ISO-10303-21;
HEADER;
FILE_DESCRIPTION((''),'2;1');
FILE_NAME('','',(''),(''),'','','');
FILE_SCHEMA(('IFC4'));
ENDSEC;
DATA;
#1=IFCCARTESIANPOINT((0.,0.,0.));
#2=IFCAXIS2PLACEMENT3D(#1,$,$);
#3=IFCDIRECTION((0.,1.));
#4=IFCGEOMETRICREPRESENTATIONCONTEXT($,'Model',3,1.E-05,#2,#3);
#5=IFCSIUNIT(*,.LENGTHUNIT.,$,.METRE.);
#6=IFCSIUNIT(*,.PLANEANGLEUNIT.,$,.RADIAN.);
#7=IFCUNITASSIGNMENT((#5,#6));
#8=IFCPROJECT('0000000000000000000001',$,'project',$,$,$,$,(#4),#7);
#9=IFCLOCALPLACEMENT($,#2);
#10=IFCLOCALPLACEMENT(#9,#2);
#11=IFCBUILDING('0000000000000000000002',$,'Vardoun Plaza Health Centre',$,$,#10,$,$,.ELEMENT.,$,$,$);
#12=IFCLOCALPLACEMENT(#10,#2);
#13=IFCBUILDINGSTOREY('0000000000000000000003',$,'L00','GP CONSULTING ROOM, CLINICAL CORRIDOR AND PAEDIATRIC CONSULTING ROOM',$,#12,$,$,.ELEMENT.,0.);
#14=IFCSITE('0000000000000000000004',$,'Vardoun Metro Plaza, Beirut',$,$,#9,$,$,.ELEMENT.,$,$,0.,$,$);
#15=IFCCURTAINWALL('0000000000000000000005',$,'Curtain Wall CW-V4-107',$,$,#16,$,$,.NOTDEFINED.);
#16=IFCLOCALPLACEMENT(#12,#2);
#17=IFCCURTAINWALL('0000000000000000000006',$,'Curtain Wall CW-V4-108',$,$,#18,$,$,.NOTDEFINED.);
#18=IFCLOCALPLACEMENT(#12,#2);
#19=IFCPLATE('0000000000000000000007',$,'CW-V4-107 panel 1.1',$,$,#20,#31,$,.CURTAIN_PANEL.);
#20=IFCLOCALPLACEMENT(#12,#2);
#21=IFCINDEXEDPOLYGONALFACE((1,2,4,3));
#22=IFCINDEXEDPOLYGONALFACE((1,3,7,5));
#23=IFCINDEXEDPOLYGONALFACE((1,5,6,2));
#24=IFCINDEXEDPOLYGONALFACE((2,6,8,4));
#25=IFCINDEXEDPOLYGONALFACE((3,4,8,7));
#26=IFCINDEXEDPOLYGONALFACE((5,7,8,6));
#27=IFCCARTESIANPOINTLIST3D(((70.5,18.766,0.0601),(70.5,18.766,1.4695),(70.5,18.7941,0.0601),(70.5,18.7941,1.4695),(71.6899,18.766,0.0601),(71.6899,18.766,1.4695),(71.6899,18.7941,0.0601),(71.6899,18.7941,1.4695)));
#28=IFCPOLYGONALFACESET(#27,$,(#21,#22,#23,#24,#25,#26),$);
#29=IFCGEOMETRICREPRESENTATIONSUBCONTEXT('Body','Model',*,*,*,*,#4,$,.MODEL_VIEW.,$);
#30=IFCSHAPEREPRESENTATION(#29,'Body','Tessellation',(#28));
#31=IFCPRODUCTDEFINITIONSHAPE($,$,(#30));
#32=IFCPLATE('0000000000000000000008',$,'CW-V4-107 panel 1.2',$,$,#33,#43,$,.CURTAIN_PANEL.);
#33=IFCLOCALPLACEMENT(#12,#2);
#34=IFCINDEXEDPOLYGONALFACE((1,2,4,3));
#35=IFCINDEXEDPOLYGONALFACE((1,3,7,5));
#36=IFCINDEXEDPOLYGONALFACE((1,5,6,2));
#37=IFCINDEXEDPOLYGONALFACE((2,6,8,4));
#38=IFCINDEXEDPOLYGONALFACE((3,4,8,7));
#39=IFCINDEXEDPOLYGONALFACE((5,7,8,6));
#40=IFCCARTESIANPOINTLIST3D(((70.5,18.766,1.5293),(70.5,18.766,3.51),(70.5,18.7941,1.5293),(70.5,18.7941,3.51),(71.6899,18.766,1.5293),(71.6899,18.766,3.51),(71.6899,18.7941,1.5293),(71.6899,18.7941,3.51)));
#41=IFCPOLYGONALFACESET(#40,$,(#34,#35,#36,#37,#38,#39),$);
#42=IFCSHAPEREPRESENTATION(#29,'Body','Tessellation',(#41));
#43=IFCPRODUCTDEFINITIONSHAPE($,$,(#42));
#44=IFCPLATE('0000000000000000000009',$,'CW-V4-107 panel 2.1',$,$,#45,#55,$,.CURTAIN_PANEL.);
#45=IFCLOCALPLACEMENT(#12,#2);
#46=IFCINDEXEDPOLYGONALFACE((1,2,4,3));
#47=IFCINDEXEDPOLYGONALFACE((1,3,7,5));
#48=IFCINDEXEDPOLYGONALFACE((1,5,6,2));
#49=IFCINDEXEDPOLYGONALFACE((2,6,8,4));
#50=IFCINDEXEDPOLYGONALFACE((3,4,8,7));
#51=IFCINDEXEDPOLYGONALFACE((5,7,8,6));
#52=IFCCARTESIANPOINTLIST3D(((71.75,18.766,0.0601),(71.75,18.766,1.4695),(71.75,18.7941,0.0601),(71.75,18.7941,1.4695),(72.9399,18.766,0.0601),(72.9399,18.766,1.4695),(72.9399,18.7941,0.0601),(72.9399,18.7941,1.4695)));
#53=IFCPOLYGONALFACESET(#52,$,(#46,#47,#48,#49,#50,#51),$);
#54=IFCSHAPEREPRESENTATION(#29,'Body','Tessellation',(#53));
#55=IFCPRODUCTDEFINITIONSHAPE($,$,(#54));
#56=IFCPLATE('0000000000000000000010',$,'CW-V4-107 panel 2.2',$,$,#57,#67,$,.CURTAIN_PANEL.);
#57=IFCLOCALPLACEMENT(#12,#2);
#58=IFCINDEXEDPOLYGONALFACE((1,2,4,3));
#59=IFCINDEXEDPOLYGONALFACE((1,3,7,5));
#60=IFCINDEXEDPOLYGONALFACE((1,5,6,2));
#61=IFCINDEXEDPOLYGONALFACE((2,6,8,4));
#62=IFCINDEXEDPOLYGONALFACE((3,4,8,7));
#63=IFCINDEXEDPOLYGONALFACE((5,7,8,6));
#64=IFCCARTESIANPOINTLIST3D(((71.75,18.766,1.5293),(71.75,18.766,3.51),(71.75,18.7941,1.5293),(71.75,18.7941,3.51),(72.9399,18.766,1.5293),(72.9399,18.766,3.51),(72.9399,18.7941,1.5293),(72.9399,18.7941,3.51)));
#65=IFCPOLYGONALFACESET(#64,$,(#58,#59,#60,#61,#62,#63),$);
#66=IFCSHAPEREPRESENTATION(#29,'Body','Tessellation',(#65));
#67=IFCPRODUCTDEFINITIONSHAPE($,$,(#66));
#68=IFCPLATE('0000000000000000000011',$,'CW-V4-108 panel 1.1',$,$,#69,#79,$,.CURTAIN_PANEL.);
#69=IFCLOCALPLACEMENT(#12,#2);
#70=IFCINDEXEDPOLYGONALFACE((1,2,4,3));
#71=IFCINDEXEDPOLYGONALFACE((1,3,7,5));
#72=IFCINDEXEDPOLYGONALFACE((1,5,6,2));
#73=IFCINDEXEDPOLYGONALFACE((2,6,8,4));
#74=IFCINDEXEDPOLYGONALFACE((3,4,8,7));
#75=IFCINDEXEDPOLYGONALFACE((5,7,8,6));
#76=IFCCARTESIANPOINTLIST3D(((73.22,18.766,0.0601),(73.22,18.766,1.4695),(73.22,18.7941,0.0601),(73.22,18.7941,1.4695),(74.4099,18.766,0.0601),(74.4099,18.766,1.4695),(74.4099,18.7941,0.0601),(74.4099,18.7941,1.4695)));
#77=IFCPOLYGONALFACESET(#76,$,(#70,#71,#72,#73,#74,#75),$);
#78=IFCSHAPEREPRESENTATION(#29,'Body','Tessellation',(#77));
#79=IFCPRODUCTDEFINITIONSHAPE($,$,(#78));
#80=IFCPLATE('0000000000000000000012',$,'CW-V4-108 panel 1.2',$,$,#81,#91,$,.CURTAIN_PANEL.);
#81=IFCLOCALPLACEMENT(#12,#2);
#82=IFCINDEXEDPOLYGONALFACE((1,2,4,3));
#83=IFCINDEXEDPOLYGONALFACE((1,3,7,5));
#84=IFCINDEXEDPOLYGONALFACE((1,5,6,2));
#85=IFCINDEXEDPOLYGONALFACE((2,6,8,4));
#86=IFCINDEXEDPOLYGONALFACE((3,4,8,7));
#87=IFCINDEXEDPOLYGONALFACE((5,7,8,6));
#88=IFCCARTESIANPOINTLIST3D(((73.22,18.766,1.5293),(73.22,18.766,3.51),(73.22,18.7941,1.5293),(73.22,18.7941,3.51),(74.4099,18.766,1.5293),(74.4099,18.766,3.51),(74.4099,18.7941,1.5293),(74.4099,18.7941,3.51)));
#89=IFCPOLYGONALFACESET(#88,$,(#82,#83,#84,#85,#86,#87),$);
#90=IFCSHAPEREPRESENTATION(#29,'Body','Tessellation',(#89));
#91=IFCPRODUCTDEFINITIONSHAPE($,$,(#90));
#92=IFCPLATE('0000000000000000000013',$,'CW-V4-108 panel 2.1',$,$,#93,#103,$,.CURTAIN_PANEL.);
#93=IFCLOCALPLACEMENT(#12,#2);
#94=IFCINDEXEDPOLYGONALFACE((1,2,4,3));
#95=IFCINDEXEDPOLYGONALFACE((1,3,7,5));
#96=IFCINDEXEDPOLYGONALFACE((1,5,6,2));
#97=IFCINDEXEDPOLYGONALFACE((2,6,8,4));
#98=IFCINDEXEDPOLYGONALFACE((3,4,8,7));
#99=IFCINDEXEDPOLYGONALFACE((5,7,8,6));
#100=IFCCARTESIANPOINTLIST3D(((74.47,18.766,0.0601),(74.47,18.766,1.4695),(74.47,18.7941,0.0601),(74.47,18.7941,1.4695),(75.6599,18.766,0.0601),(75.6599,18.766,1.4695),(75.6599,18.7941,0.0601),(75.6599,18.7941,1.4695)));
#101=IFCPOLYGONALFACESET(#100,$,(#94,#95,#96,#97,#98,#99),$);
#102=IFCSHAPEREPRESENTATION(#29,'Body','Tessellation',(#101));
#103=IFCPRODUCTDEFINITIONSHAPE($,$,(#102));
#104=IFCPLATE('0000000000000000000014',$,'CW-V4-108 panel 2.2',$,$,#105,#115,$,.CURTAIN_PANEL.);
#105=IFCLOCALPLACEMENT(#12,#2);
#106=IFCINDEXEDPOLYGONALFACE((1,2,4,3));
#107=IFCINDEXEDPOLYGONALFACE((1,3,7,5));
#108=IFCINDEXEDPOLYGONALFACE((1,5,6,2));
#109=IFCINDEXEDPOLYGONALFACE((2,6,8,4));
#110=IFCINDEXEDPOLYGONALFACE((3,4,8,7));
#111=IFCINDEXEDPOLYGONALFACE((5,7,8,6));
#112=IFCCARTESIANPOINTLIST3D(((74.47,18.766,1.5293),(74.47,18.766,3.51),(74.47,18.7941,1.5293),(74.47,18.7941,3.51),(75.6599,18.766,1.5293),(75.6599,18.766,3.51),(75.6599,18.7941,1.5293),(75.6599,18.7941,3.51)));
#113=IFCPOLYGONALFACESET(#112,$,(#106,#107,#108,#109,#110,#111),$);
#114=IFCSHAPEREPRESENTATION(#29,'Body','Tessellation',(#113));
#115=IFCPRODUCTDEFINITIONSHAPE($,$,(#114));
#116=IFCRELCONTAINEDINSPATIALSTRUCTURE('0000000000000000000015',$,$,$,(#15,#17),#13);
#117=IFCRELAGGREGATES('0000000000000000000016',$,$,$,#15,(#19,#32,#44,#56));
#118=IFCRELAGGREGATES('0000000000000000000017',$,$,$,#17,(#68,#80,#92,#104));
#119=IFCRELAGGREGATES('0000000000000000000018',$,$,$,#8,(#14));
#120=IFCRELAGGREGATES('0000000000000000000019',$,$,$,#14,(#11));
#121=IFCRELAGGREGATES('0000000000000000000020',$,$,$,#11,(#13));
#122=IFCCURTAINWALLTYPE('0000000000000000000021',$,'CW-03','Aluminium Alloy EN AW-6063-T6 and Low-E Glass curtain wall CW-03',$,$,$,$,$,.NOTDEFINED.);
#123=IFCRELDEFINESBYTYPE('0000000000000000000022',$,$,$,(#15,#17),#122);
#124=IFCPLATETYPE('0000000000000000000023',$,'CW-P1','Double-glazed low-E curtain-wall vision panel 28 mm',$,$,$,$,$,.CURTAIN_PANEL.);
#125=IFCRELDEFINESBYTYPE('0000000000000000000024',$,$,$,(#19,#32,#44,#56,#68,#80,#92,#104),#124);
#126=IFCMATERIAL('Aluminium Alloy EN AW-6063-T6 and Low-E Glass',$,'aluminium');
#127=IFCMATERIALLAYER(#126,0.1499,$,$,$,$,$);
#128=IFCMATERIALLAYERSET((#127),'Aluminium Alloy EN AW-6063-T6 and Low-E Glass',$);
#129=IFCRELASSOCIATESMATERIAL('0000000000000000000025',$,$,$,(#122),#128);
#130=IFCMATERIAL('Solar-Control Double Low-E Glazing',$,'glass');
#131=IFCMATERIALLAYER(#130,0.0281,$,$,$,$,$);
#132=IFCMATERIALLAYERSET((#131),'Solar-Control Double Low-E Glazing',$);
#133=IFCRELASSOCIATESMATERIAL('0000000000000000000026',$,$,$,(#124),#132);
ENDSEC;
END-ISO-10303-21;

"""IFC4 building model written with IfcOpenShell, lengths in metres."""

from ifc_helpers import new_model, si_unit, direction, frame, origin, origin_2d, place, context, subcontext, project, spatial, rectangle, extrude, material, layer, layer_set, type_object, element, aggregate, save


model = new_model("IFC4")

# Units and contexts
model_context = context("Model", 3, precision=1e-05, world=origin(), true_north=direction((0.0, 1.0)))
body_context = subcontext(model_context, "Body", "Model", "MODEL_VIEW")
ifc_project = project(units=[si_unit("LENGTHUNIT", "METRE"), si_unit("PLANEANGLEUNIT", "RADIAN")], contexts=[model_context])

# Site, building, storey
site_placement = place(None, origin())
site = spatial("IfcSite", under=ifc_project, at=site_placement, Name="Vardoun Metro Plaza, Beirut", CompositionType="ELEMENT", RefElevation=0.0)
building_placement = place(site_placement, origin())
building = spatial("IfcBuilding", under=site, at=building_placement, Name="Vardoun Plaza Health Centre", CompositionType="ELEMENT")
storey_placement = place(building_placement, origin())
storey = spatial("IfcBuildingStorey", under=building, at=storey_placement, Name="L00", Description="GP CONSULTING ROOM, CLINICAL CORRIDOR AND PAEDIATRIC CONSULTING ROOM", CompositionType="ELEMENT", Elevation=0.0)

# Curtain walls
ifc_material_1 = material(Name="Aluminium Alloy EN AW-6063-T6 and Low-E Glass", Category="aluminium")
ifc_layer_1 = layer(ifc_material_1, 0.1499)
ifc_layer_set_1 = layer_set([ifc_layer_1], Name="Aluminium Alloy EN AW-6063-T6 and Low-E Glass")
curtain_wall_type = type_object("IfcCurtainWallType", Name="CW-03", Description="Aluminium Alloy EN AW-6063-T6 and Low-E Glass curtain wall CW-03", PredefinedType="NOTDEFINED", material=ifc_layer_set_1)
curtain_wall_1_placement = place(storey_placement, origin())
curtain_wall_1 = element("IfcCurtainWall", 1, at=curtain_wall_1_placement, inside=storey, type_object=curtain_wall_type, Name="Curtain Wall CW-V4-107", PredefinedType="NOTDEFINED")
curtain_wall_2_placement = place(storey_placement, origin())
curtain_wall_2 = element("IfcCurtainWall", 2, at=curtain_wall_2_placement, inside=storey, type_object=curtain_wall_type, Name="Curtain Wall CW-V4-108", PredefinedType="NOTDEFINED")

# Plates
ifc_material_2 = material(Name="Solar-Control Double Low-E Glazing", Category="glass")
ifc_layer_2 = layer(ifc_material_2, 0.0281)
ifc_layer_set_2 = layer_set([ifc_layer_2], Name="Solar-Control Double Low-E Glazing")
plate_type = type_object("IfcPlateType", Name="CW-P1", Description="Double-glazed low-E curtain-wall vision panel 28 mm", PredefinedType="CURTAIN_PANEL", material=ifc_layer_set_2)
plate_1_placement = place(storey_placement, frame((71.095, 18.78, 0.0601), z_axis=(0.0, 0.0, 1.0), x_axis=(1.0, 0.0, 0.0)))
plate_1 = element("IfcPlate", 3, at=plate_1_placement, type_object=plate_type, Name="CW-V4-107 panel 1.1", PredefinedType="CURTAIN_PANEL", context=body_context, shape_type="SweptSolid", body=[
    extrude(rectangle(XDim=1.1899, YDim=0.0281, at=origin_2d()), origin(), (0.0, 0.0, 1.0), 1.4094),
])
plate_2_placement = place(storey_placement, frame((71.095, 18.78, 1.5293), z_axis=(0.0, 0.0, 1.0), x_axis=(1.0, 0.0, 0.0)))
plate_2 = element("IfcPlate", 4, at=plate_2_placement, type_object=plate_type, Name="CW-V4-107 panel 1.2", PredefinedType="CURTAIN_PANEL", context=body_context, shape_type="SweptSolid", body=[
    extrude(rectangle(XDim=1.1899, YDim=0.0281, at=origin_2d()), origin(), (0.0, 0.0, 1.0), 1.9807),
])
plate_3_placement = place(storey_placement, frame((72.345, 18.78, 0.0601), z_axis=(0.0, 0.0, 1.0), x_axis=(1.0, 0.0, 0.0)))
plate_3 = element("IfcPlate", 5, at=plate_3_placement, type_object=plate_type, Name="CW-V4-107 panel 2.1", PredefinedType="CURTAIN_PANEL", context=body_context, shape_type="SweptSolid", body=[
    extrude(rectangle(XDim=1.1899, YDim=0.0281, at=origin_2d()), origin(), (0.0, 0.0, 1.0), 1.4094),
])
plate_4_placement = place(storey_placement, frame((72.345, 18.78, 1.5293), z_axis=(0.0, 0.0, 1.0), x_axis=(1.0, 0.0, 0.0)))
plate_4 = element("IfcPlate", 6, at=plate_4_placement, type_object=plate_type, Name="CW-V4-107 panel 2.2", PredefinedType="CURTAIN_PANEL", context=body_context, shape_type="SweptSolid", body=[
    extrude(rectangle(XDim=1.1899, YDim=0.0281, at=origin_2d()), origin(), (0.0, 0.0, 1.0), 1.9807),
])
aggregate(curtain_wall_1, [plate_1, plate_2, plate_3, plate_4])
plate_5_placement = place(storey_placement, frame((73.8149, 18.78, 0.0601), z_axis=(0.0, 0.0, 1.0), x_axis=(1.0, 0.0, 0.0)))
plate_5 = element("IfcPlate", 7, at=plate_5_placement, type_object=plate_type, Name="CW-V4-108 panel 1.1", PredefinedType="CURTAIN_PANEL", context=body_context, shape_type="SweptSolid", body=[
    extrude(rectangle(XDim=1.1899, YDim=0.0281, at=origin_2d()), origin(), (0.0, 0.0, 1.0), 1.4094),
])
plate_6_placement = place(storey_placement, frame((73.8149, 18.78, 1.5293), z_axis=(0.0, 0.0, 1.0), x_axis=(1.0, 0.0, 0.0)))
plate_6 = element("IfcPlate", 8, at=plate_6_placement, type_object=plate_type, Name="CW-V4-108 panel 1.2", PredefinedType="CURTAIN_PANEL", context=body_context, shape_type="SweptSolid", body=[
    extrude(rectangle(XDim=1.1899, YDim=0.0281, at=origin_2d()), origin(), (0.0, 0.0, 1.0), 1.9807),
])
plate_7_placement = place(storey_placement, frame((75.0649, 18.78, 0.0601), z_axis=(0.0, 0.0, 1.0), x_axis=(1.0, 0.0, 0.0)))
plate_7 = element("IfcPlate", 9, at=plate_7_placement, type_object=plate_type, Name="CW-V4-108 panel 2.1", PredefinedType="CURTAIN_PANEL", context=body_context, shape_type="SweptSolid", body=[
    extrude(rectangle(XDim=1.1899, YDim=0.0281, at=origin_2d()), origin(), (0.0, 0.0, 1.0), 1.4094),
])
plate_8_placement = place(storey_placement, frame((75.0649, 18.78, 1.5293), z_axis=(0.0, 0.0, 1.0), x_axis=(1.0, 0.0, 0.0)))
plate_8 = element("IfcPlate", 10, at=plate_8_placement, type_object=plate_type, Name="CW-V4-108 panel 2.2", PredefinedType="CURTAIN_PANEL", context=body_context, shape_type="SweptSolid", body=[
    extrude(rectangle(XDim=1.1899, YDim=0.0281, at=origin_2d()), origin(), (0.0, 0.0, 1.0), 1.9807),
])
aggregate(curtain_wall_2, [plate_5, plate_6, plate_7, plate_8])

save(model, "model.ifc")
